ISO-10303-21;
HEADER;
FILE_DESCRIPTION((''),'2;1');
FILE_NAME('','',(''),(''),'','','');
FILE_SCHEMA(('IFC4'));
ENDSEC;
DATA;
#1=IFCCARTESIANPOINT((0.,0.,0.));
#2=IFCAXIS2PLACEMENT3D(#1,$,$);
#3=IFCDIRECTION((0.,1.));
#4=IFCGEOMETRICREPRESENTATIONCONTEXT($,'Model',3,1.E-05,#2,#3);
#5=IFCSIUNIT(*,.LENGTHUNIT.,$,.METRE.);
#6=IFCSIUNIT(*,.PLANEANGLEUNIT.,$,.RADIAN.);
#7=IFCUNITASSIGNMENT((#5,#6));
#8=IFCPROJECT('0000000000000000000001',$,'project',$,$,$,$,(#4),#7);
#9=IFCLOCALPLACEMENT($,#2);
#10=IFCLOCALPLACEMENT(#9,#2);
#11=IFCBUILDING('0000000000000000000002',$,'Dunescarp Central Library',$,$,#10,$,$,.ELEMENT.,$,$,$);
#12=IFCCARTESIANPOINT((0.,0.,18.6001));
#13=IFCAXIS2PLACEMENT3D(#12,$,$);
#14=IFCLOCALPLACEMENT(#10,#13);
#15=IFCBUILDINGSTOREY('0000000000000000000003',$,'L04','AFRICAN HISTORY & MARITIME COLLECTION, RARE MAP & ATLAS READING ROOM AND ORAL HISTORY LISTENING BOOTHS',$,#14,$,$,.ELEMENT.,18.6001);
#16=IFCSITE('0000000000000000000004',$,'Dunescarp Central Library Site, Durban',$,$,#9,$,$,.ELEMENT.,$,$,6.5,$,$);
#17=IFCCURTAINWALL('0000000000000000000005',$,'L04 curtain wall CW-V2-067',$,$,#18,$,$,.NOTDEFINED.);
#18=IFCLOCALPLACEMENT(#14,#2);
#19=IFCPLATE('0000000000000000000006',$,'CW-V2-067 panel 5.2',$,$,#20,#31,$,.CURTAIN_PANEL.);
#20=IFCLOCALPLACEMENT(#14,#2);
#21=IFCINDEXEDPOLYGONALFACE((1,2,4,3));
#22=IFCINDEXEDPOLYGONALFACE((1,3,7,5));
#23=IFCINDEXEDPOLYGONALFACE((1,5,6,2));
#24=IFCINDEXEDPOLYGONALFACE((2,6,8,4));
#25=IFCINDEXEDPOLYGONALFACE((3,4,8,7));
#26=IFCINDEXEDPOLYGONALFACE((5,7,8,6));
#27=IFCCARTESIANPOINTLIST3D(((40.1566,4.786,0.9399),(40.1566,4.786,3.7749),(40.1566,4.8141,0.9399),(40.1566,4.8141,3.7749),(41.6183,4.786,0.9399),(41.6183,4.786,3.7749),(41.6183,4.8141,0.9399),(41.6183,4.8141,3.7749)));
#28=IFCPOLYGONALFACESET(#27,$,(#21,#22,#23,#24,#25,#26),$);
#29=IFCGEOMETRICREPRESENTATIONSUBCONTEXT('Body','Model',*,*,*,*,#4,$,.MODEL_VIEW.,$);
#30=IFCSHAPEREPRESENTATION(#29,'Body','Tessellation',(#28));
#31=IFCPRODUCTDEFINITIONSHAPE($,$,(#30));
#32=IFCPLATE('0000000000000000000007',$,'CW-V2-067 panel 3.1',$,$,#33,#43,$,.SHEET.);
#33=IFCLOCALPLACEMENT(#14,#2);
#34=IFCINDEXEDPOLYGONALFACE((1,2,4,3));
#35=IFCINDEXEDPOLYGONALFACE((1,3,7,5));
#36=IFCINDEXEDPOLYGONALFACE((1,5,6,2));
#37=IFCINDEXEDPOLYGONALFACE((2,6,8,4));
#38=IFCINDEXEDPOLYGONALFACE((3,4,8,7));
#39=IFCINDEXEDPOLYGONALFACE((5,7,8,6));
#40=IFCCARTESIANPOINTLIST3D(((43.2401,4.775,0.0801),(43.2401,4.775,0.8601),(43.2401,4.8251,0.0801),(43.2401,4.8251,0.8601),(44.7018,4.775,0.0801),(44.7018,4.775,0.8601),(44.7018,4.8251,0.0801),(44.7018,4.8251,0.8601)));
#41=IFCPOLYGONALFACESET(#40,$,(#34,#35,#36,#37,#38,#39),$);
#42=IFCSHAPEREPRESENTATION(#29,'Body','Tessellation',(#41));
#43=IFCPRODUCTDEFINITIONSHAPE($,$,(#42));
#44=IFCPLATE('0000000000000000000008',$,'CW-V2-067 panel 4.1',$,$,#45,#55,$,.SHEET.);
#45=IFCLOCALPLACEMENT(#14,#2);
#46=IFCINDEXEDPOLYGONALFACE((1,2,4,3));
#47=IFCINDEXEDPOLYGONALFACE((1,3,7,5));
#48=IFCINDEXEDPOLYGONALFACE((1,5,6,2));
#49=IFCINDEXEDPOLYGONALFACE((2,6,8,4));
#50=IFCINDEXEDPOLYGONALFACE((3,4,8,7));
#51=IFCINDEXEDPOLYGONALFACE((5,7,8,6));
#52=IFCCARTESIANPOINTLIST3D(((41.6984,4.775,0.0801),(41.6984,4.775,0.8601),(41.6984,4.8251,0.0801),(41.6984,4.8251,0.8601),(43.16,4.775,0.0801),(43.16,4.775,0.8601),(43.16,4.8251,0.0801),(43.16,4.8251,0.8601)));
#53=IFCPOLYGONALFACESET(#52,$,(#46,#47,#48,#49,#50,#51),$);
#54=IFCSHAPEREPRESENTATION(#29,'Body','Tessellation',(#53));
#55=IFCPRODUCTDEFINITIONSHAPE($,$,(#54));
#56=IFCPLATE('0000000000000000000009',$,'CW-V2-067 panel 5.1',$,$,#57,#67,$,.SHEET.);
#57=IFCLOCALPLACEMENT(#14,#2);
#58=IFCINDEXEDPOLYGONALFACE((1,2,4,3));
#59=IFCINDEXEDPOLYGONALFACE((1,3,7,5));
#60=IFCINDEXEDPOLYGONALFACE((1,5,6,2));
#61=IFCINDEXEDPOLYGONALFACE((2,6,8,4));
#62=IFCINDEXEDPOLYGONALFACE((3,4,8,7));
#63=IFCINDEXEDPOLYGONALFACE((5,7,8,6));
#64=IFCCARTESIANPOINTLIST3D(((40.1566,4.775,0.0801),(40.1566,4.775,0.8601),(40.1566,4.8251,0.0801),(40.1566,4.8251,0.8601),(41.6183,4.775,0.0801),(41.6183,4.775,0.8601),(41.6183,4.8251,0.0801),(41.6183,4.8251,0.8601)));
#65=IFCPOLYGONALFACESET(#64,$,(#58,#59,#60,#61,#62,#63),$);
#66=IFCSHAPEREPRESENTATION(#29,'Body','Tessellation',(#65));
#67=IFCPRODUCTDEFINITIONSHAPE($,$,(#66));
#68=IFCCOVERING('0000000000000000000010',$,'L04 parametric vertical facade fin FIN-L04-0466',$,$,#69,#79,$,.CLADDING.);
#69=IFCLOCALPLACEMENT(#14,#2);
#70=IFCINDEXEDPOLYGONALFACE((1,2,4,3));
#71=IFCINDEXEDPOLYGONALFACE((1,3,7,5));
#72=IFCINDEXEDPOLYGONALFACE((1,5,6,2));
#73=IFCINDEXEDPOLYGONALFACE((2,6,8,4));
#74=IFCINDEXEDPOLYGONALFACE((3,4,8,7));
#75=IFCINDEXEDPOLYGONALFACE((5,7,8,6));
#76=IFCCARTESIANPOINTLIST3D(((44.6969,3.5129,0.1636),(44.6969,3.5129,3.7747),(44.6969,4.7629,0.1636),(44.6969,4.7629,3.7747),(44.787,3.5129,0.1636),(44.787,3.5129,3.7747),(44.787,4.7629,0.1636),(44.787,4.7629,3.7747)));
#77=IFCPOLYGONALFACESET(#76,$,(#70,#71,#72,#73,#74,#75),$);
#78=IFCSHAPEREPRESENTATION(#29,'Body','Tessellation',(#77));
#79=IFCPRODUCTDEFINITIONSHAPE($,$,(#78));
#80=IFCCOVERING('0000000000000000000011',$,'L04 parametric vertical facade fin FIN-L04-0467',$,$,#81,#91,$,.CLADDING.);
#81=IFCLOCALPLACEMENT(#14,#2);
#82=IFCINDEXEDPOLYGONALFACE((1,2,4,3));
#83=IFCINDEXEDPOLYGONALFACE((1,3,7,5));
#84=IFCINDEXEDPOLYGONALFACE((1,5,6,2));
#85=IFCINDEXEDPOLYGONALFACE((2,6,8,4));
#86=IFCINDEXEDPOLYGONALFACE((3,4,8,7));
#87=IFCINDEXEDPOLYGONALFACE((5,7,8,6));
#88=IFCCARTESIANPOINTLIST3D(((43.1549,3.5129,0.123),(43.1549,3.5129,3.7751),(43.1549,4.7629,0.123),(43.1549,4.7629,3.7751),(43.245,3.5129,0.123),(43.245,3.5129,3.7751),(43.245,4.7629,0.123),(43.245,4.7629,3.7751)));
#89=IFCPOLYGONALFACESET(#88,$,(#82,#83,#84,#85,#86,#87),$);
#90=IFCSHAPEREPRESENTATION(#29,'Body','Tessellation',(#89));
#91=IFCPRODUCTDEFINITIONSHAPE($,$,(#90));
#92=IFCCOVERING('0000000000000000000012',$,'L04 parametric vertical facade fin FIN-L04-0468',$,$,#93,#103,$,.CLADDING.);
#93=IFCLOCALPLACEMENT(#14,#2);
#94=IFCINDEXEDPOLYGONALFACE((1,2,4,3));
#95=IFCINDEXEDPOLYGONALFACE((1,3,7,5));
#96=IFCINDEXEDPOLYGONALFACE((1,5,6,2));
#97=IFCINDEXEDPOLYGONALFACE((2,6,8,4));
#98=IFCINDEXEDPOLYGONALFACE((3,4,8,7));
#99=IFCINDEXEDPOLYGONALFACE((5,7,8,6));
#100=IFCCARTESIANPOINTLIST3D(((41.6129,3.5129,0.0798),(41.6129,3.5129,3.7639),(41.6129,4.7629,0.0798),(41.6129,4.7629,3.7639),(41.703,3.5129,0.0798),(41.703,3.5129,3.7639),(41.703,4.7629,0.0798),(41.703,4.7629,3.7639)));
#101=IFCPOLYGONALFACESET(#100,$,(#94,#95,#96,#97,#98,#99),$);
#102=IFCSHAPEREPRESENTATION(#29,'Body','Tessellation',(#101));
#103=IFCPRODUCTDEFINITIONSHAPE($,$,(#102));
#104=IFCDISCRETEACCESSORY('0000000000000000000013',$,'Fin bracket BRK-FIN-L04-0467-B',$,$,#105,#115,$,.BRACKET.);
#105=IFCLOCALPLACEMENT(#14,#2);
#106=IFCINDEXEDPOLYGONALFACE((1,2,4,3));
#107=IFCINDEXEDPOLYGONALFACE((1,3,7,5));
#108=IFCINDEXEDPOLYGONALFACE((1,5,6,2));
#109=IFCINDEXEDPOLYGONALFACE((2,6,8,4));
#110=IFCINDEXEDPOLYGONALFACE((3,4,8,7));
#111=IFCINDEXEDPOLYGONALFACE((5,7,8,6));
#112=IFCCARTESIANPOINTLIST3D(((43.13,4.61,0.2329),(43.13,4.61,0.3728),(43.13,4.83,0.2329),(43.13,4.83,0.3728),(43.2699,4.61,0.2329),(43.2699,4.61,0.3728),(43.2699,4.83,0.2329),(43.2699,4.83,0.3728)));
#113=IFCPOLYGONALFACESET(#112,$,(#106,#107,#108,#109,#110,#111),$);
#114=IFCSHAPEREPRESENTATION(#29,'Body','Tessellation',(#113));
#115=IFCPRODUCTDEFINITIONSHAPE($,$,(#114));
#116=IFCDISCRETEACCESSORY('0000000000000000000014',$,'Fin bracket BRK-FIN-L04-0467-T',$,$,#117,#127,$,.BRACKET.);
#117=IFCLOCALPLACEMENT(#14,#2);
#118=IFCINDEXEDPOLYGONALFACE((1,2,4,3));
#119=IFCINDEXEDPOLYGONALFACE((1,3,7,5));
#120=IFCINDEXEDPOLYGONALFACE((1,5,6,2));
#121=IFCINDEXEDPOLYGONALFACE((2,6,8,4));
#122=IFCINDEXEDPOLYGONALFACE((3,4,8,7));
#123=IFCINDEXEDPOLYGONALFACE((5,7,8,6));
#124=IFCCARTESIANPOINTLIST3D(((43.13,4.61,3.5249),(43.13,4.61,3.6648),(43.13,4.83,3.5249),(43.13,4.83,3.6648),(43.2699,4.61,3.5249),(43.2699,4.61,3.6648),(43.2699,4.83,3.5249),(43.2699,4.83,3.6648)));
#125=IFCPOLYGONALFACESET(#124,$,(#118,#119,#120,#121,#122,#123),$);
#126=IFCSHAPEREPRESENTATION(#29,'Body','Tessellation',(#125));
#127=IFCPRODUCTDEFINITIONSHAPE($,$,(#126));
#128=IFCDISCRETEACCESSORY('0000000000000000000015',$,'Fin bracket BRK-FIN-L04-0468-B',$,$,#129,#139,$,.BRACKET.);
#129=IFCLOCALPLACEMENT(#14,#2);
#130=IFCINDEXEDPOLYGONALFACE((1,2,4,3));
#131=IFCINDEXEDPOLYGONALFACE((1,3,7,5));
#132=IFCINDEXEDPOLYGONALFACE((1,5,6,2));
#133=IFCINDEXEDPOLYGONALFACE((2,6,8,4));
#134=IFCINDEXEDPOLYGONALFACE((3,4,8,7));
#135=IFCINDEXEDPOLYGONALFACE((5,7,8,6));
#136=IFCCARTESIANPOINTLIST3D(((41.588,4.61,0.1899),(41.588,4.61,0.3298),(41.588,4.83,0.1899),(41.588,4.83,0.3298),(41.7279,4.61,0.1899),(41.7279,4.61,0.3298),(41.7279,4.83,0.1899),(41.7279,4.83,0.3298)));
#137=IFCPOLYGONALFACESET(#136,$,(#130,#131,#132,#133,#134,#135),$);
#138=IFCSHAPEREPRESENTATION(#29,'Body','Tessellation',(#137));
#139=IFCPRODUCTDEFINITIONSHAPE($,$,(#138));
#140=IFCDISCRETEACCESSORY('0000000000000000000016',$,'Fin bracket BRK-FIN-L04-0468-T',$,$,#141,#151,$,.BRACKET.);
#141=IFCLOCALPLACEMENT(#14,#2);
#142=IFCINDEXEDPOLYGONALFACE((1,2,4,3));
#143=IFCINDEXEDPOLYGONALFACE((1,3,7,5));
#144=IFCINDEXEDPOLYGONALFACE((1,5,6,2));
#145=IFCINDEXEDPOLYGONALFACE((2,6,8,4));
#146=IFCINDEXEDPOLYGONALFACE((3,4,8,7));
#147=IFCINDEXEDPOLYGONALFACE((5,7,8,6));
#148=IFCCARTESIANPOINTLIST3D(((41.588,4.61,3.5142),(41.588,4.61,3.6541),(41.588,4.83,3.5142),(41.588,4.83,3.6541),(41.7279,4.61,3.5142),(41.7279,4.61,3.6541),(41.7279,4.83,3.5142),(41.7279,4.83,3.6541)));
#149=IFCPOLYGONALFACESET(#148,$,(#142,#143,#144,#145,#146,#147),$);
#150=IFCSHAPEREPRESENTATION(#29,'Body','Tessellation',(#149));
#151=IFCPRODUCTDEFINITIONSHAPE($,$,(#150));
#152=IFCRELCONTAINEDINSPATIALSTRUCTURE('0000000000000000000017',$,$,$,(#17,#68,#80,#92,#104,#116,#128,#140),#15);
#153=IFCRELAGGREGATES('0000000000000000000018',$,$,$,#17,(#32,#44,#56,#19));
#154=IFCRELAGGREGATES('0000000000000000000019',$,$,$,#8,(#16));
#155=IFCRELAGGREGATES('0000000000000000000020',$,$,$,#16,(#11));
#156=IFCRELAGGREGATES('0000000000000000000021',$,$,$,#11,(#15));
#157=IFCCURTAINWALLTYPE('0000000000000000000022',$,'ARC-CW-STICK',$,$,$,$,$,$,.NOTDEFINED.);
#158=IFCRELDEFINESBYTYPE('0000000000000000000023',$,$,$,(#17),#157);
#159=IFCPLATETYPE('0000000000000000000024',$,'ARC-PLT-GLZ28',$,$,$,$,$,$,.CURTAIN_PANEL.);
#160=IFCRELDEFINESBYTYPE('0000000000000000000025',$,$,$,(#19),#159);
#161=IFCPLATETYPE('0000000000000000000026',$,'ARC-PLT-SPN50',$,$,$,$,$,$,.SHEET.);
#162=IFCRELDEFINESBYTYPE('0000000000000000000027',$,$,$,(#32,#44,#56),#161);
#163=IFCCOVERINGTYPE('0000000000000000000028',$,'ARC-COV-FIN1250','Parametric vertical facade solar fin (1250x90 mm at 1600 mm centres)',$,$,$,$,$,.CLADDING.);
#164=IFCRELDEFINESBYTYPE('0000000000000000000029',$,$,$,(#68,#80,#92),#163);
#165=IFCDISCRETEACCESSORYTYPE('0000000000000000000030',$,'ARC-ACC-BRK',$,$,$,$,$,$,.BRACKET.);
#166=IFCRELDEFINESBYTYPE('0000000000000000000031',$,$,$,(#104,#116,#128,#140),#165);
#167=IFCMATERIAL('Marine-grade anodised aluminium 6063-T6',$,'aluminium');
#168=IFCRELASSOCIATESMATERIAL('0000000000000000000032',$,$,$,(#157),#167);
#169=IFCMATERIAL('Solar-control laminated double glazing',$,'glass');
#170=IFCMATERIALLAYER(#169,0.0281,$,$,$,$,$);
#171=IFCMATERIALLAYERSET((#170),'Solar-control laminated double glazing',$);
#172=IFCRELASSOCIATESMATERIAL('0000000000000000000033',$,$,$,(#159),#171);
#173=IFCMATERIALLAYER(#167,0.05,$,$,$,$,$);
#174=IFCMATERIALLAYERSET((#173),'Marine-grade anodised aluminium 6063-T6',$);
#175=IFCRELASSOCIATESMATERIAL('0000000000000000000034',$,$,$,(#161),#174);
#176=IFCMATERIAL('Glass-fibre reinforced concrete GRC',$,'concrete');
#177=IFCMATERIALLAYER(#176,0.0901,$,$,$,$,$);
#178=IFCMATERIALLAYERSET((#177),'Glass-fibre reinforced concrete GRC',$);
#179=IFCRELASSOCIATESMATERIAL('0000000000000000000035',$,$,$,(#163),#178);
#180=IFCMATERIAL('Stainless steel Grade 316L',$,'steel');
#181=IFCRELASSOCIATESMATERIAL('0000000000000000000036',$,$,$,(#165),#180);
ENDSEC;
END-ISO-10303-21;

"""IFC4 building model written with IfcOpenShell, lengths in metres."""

from ifc_helpers import new_model, si_unit, direction, frame, origin, origin_2d, place, context, subcontext, project, spatial, rectangle, extrude, material, layer, layer_set, type_object, element, aggregate, save


model = new_model("IFC4")

# Units and contexts
model_context = context("Model", 3, precision=1e-05, world=origin(), true_north=direction((0.0, 1.0)))
body_context = subcontext(model_context, "Body", "Model", "MODEL_VIEW")
ifc_project = project(units=[si_unit("LENGTHUNIT", "METRE"), si_unit("PLANEANGLEUNIT", "RADIAN")], contexts=[model_context])

# Site, building, storey
site_placement = place(None, origin())
site = spatial("IfcSite", under=ifc_project, at=site_placement, Name="Dunescarp Central Library Site, Durban", CompositionType="ELEMENT", RefElevation=6.5)
building_placement = place(site_placement, origin())
building = spatial("IfcBuilding", under=site, at=building_placement, Name="Dunescarp Central Library", CompositionType="ELEMENT")
storey_placement = place(building_placement, frame((0.0, 0.0, 18.6001)))
storey = spatial("IfcBuildingStorey", under=building, at=storey_placement, Name="L04", Description="AFRICAN HISTORY & MARITIME COLLECTION, RARE MAP & ATLAS READING ROOM AND ORAL HISTORY LISTENING BOOTHS", CompositionType="ELEMENT", Elevation=18.6001)

# Curtain wall, plates
ifc_material_1 = material(Name="Marine-grade anodised aluminium 6063-T6", Category="aluminium")
curtain_wall_type = type_object("IfcCurtainWallType", Name="ARC-CW-STICK", PredefinedType="NOTDEFINED", material=ifc_material_1)
curtain_wall_placement = place(storey_placement, origin())
curtain_wall = element("IfcCurtainWall", 1, at=curtain_wall_placement, inside=storey, type_object=curtain_wall_type, Name="L04 curtain wall CW-V2-067", PredefinedType="NOTDEFINED")
ifc_material_2 = material(Name="Solar-control laminated double glazing", Category="glass")
ifc_layer_1 = layer(ifc_material_2, 0.0281)
ifc_layer_set_1 = layer_set([ifc_layer_1], Name="Solar-control laminated double glazing")
plate_type_1 = type_object("IfcPlateType", Name="ARC-PLT-GLZ28", PredefinedType="CURTAIN_PANEL", material=ifc_layer_set_1)
plate_1_placement = place(storey_placement, frame((40.8875, 4.8, 0.9399), z_axis=(0.0, 0.0, 1.0), x_axis=(-1.0, 0.0, 0.0)))
plate_1 = element("IfcPlate", 2, at=plate_1_placement, type_object=plate_type_1, Name="CW-V2-067 panel 5.2", PredefinedType="CURTAIN_PANEL", context=body_context, shape_type="SweptSolid", body=[
    extrude(rectangle(XDim=1.4617, YDim=0.0281, at=origin_2d()), origin(), (0.0, 0.0, 1.0), 2.835),
])
ifc_layer_2 = layer(ifc_material_1, 0.05)
ifc_layer_set_2 = layer_set([ifc_layer_2], Name="Marine-grade anodised aluminium 6063-T6")
plate_type_2 = type_object("IfcPlateType", Name="ARC-PLT-SPN50", PredefinedType="SHEET", material=ifc_layer_set_2)
plate_2_placement = place(storey_placement, frame((43.9709, 4.8, 0.0801), z_axis=(0.0, 0.0, 1.0), x_axis=(-1.0, 0.0, 0.0)))
plate_2 = element("IfcPlate", 3, at=plate_2_placement, type_object=plate_type_2, Name="CW-V2-067 panel 3.1", PredefinedType="SHEET", context=body_context, shape_type="SweptSolid", body=[
    extrude(rectangle(XDim=1.4617, YDim=0.05, at=origin_2d()), origin(), (0.0, 0.0, 1.0), 0.78),
])
plate_3_placement = place(storey_placement, frame((42.4292, 4.8, 0.0801), z_axis=(0.0, 0.0, 1.0), x_axis=(-1.0, 0.0, 0.0)))
plate_3 = element("IfcPlate", 4, at=plate_3_placement, type_object=plate_type_2, Name="CW-V2-067 panel 4.1", PredefinedType="SHEET", context=body_context, shape_type="SweptSolid", body=[
    extrude(rectangle(XDim=1.4617, YDim=0.05, at=origin_2d()), origin(), (0.0, 0.0, 1.0), 0.78),
])
plate_4_placement = place(storey_placement, frame((40.8875, 4.8, 0.0801), z_axis=(0.0, 0.0, 1.0), x_axis=(-1.0, 0.0, 0.0)))
plate_4 = element("IfcPlate", 5, at=plate_4_placement, type_object=plate_type_2, Name="CW-V2-067 panel 5.1", PredefinedType="SHEET", context=body_context, shape_type="SweptSolid", body=[
    extrude(rectangle(XDim=1.4617, YDim=0.05, at=origin_2d()), origin(), (0.0, 0.0, 1.0), 0.78),
])
aggregate(curtain_wall, [plate_2, plate_3, plate_4, plate_1])

# Coverings
ifc_material_3 = material(Name="Glass-fibre reinforced concrete GRC", Category="concrete")
ifc_layer_3 = layer(ifc_material_3, 0.0901)
ifc_layer_set_3 = layer_set([ifc_layer_3], Name="Glass-fibre reinforced concrete GRC")
covering_type = type_object("IfcCoveringType", Name="ARC-COV-FIN1250", Description="Parametric vertical facade solar fin (1250x90 mm at 1600 mm centres)", PredefinedType="CLADDING", material=ifc_layer_set_3)
covering_1_placement = place(storey_placement, frame((44.7419, 4.1379, 0.1636), z_axis=(0.0, 0.0, 1.0), x_axis=(0.0, -1.0, 0.0)))
element("IfcCovering", 6, at=covering_1_placement, inside=storey, type_object=covering_type, Name="L04 parametric vertical facade fin FIN-L04-0466", PredefinedType="CLADDING", context=body_context, shape_type="SweptSolid", body=[
    extrude(rectangle(XDim=1.25, YDim=0.0901, at=origin_2d()), origin(), (0.0, 0.0, 1.0), 3.6111),
])
covering_2_placement = place(storey_placement, frame((43.2, 4.1379, 0.123), z_axis=(0.0, 0.0, 1.0), x_axis=(0.0, -1.0, 0.0)))
element("IfcCovering", 7, at=covering_2_placement, inside=storey, type_object=covering_type, Name="L04 parametric vertical facade fin FIN-L04-0467", PredefinedType="CLADDING", context=body_context, shape_type="SweptSolid", body=[
    extrude(rectangle(XDim=1.25, YDim=0.0901, at=origin_2d()), origin(), (0.0, 0.0, 1.0), 3.6521),
])
covering_3_placement = place(storey_placement, frame((41.658, 4.1379, 0.0798), z_axis=(0.0, 0.0, 1.0), x_axis=(0.0, -1.0, 0.0)))
element("IfcCovering", 8, at=covering_3_placement, inside=storey, type_object=covering_type, Name="L04 parametric vertical facade fin FIN-L04-0468", PredefinedType="CLADDING", context=body_context, shape_type="SweptSolid", body=[
    extrude(rectangle(XDim=1.25, YDim=0.0901, at=origin_2d()), origin(), (0.0, 0.0, 1.0), 3.6841),
])

# Discrete accessories
ifc_material_4 = material(Name="Stainless steel Grade 316L", Category="steel")
discrete_accessory_type = type_object("IfcDiscreteAccessoryType", Name="ARC-ACC-BRK", PredefinedType="BRACKET", material=ifc_material_4)
for number, where, z_axis, x_axis, name in (
    (9, (43.2, 4.72, 0.2329), (0.0, 0.0, 1.0), (0.0, -1.0, 0.0), "Fin bracket BRK-FIN-L04-0467-B"),
    (10, (43.2, 4.72, 3.5249), (0.0, 0.0, 1.0), (0.0, -1.0, 0.0), "Fin bracket BRK-FIN-L04-0467-T"),
    (11, (41.658, 4.72, 0.1899), (0.0, 0.0, 1.0), (0.0, -1.0, 0.0), "Fin bracket BRK-FIN-L04-0468-B"),
    (12, (41.658, 4.72, 3.5142), (0.0, 0.0, 1.0), (0.0, -1.0, 0.0), "Fin bracket BRK-FIN-L04-0468-T"),
):
    element("IfcDiscreteAccessory", number, at=place(storey_placement, frame(where, z_axis=z_axis, x_axis=x_axis)), inside=storey, type_object=discrete_accessory_type, Name=name, PredefinedType="BRACKET", context=body_context, shape_type="SweptSolid", body=[
        extrude(rectangle(XDim=0.22, YDim=0.1399, at=origin_2d()), origin(), (0.0, 0.0, 1.0), 0.1399),
    ])

save(model, "model.ifc")
